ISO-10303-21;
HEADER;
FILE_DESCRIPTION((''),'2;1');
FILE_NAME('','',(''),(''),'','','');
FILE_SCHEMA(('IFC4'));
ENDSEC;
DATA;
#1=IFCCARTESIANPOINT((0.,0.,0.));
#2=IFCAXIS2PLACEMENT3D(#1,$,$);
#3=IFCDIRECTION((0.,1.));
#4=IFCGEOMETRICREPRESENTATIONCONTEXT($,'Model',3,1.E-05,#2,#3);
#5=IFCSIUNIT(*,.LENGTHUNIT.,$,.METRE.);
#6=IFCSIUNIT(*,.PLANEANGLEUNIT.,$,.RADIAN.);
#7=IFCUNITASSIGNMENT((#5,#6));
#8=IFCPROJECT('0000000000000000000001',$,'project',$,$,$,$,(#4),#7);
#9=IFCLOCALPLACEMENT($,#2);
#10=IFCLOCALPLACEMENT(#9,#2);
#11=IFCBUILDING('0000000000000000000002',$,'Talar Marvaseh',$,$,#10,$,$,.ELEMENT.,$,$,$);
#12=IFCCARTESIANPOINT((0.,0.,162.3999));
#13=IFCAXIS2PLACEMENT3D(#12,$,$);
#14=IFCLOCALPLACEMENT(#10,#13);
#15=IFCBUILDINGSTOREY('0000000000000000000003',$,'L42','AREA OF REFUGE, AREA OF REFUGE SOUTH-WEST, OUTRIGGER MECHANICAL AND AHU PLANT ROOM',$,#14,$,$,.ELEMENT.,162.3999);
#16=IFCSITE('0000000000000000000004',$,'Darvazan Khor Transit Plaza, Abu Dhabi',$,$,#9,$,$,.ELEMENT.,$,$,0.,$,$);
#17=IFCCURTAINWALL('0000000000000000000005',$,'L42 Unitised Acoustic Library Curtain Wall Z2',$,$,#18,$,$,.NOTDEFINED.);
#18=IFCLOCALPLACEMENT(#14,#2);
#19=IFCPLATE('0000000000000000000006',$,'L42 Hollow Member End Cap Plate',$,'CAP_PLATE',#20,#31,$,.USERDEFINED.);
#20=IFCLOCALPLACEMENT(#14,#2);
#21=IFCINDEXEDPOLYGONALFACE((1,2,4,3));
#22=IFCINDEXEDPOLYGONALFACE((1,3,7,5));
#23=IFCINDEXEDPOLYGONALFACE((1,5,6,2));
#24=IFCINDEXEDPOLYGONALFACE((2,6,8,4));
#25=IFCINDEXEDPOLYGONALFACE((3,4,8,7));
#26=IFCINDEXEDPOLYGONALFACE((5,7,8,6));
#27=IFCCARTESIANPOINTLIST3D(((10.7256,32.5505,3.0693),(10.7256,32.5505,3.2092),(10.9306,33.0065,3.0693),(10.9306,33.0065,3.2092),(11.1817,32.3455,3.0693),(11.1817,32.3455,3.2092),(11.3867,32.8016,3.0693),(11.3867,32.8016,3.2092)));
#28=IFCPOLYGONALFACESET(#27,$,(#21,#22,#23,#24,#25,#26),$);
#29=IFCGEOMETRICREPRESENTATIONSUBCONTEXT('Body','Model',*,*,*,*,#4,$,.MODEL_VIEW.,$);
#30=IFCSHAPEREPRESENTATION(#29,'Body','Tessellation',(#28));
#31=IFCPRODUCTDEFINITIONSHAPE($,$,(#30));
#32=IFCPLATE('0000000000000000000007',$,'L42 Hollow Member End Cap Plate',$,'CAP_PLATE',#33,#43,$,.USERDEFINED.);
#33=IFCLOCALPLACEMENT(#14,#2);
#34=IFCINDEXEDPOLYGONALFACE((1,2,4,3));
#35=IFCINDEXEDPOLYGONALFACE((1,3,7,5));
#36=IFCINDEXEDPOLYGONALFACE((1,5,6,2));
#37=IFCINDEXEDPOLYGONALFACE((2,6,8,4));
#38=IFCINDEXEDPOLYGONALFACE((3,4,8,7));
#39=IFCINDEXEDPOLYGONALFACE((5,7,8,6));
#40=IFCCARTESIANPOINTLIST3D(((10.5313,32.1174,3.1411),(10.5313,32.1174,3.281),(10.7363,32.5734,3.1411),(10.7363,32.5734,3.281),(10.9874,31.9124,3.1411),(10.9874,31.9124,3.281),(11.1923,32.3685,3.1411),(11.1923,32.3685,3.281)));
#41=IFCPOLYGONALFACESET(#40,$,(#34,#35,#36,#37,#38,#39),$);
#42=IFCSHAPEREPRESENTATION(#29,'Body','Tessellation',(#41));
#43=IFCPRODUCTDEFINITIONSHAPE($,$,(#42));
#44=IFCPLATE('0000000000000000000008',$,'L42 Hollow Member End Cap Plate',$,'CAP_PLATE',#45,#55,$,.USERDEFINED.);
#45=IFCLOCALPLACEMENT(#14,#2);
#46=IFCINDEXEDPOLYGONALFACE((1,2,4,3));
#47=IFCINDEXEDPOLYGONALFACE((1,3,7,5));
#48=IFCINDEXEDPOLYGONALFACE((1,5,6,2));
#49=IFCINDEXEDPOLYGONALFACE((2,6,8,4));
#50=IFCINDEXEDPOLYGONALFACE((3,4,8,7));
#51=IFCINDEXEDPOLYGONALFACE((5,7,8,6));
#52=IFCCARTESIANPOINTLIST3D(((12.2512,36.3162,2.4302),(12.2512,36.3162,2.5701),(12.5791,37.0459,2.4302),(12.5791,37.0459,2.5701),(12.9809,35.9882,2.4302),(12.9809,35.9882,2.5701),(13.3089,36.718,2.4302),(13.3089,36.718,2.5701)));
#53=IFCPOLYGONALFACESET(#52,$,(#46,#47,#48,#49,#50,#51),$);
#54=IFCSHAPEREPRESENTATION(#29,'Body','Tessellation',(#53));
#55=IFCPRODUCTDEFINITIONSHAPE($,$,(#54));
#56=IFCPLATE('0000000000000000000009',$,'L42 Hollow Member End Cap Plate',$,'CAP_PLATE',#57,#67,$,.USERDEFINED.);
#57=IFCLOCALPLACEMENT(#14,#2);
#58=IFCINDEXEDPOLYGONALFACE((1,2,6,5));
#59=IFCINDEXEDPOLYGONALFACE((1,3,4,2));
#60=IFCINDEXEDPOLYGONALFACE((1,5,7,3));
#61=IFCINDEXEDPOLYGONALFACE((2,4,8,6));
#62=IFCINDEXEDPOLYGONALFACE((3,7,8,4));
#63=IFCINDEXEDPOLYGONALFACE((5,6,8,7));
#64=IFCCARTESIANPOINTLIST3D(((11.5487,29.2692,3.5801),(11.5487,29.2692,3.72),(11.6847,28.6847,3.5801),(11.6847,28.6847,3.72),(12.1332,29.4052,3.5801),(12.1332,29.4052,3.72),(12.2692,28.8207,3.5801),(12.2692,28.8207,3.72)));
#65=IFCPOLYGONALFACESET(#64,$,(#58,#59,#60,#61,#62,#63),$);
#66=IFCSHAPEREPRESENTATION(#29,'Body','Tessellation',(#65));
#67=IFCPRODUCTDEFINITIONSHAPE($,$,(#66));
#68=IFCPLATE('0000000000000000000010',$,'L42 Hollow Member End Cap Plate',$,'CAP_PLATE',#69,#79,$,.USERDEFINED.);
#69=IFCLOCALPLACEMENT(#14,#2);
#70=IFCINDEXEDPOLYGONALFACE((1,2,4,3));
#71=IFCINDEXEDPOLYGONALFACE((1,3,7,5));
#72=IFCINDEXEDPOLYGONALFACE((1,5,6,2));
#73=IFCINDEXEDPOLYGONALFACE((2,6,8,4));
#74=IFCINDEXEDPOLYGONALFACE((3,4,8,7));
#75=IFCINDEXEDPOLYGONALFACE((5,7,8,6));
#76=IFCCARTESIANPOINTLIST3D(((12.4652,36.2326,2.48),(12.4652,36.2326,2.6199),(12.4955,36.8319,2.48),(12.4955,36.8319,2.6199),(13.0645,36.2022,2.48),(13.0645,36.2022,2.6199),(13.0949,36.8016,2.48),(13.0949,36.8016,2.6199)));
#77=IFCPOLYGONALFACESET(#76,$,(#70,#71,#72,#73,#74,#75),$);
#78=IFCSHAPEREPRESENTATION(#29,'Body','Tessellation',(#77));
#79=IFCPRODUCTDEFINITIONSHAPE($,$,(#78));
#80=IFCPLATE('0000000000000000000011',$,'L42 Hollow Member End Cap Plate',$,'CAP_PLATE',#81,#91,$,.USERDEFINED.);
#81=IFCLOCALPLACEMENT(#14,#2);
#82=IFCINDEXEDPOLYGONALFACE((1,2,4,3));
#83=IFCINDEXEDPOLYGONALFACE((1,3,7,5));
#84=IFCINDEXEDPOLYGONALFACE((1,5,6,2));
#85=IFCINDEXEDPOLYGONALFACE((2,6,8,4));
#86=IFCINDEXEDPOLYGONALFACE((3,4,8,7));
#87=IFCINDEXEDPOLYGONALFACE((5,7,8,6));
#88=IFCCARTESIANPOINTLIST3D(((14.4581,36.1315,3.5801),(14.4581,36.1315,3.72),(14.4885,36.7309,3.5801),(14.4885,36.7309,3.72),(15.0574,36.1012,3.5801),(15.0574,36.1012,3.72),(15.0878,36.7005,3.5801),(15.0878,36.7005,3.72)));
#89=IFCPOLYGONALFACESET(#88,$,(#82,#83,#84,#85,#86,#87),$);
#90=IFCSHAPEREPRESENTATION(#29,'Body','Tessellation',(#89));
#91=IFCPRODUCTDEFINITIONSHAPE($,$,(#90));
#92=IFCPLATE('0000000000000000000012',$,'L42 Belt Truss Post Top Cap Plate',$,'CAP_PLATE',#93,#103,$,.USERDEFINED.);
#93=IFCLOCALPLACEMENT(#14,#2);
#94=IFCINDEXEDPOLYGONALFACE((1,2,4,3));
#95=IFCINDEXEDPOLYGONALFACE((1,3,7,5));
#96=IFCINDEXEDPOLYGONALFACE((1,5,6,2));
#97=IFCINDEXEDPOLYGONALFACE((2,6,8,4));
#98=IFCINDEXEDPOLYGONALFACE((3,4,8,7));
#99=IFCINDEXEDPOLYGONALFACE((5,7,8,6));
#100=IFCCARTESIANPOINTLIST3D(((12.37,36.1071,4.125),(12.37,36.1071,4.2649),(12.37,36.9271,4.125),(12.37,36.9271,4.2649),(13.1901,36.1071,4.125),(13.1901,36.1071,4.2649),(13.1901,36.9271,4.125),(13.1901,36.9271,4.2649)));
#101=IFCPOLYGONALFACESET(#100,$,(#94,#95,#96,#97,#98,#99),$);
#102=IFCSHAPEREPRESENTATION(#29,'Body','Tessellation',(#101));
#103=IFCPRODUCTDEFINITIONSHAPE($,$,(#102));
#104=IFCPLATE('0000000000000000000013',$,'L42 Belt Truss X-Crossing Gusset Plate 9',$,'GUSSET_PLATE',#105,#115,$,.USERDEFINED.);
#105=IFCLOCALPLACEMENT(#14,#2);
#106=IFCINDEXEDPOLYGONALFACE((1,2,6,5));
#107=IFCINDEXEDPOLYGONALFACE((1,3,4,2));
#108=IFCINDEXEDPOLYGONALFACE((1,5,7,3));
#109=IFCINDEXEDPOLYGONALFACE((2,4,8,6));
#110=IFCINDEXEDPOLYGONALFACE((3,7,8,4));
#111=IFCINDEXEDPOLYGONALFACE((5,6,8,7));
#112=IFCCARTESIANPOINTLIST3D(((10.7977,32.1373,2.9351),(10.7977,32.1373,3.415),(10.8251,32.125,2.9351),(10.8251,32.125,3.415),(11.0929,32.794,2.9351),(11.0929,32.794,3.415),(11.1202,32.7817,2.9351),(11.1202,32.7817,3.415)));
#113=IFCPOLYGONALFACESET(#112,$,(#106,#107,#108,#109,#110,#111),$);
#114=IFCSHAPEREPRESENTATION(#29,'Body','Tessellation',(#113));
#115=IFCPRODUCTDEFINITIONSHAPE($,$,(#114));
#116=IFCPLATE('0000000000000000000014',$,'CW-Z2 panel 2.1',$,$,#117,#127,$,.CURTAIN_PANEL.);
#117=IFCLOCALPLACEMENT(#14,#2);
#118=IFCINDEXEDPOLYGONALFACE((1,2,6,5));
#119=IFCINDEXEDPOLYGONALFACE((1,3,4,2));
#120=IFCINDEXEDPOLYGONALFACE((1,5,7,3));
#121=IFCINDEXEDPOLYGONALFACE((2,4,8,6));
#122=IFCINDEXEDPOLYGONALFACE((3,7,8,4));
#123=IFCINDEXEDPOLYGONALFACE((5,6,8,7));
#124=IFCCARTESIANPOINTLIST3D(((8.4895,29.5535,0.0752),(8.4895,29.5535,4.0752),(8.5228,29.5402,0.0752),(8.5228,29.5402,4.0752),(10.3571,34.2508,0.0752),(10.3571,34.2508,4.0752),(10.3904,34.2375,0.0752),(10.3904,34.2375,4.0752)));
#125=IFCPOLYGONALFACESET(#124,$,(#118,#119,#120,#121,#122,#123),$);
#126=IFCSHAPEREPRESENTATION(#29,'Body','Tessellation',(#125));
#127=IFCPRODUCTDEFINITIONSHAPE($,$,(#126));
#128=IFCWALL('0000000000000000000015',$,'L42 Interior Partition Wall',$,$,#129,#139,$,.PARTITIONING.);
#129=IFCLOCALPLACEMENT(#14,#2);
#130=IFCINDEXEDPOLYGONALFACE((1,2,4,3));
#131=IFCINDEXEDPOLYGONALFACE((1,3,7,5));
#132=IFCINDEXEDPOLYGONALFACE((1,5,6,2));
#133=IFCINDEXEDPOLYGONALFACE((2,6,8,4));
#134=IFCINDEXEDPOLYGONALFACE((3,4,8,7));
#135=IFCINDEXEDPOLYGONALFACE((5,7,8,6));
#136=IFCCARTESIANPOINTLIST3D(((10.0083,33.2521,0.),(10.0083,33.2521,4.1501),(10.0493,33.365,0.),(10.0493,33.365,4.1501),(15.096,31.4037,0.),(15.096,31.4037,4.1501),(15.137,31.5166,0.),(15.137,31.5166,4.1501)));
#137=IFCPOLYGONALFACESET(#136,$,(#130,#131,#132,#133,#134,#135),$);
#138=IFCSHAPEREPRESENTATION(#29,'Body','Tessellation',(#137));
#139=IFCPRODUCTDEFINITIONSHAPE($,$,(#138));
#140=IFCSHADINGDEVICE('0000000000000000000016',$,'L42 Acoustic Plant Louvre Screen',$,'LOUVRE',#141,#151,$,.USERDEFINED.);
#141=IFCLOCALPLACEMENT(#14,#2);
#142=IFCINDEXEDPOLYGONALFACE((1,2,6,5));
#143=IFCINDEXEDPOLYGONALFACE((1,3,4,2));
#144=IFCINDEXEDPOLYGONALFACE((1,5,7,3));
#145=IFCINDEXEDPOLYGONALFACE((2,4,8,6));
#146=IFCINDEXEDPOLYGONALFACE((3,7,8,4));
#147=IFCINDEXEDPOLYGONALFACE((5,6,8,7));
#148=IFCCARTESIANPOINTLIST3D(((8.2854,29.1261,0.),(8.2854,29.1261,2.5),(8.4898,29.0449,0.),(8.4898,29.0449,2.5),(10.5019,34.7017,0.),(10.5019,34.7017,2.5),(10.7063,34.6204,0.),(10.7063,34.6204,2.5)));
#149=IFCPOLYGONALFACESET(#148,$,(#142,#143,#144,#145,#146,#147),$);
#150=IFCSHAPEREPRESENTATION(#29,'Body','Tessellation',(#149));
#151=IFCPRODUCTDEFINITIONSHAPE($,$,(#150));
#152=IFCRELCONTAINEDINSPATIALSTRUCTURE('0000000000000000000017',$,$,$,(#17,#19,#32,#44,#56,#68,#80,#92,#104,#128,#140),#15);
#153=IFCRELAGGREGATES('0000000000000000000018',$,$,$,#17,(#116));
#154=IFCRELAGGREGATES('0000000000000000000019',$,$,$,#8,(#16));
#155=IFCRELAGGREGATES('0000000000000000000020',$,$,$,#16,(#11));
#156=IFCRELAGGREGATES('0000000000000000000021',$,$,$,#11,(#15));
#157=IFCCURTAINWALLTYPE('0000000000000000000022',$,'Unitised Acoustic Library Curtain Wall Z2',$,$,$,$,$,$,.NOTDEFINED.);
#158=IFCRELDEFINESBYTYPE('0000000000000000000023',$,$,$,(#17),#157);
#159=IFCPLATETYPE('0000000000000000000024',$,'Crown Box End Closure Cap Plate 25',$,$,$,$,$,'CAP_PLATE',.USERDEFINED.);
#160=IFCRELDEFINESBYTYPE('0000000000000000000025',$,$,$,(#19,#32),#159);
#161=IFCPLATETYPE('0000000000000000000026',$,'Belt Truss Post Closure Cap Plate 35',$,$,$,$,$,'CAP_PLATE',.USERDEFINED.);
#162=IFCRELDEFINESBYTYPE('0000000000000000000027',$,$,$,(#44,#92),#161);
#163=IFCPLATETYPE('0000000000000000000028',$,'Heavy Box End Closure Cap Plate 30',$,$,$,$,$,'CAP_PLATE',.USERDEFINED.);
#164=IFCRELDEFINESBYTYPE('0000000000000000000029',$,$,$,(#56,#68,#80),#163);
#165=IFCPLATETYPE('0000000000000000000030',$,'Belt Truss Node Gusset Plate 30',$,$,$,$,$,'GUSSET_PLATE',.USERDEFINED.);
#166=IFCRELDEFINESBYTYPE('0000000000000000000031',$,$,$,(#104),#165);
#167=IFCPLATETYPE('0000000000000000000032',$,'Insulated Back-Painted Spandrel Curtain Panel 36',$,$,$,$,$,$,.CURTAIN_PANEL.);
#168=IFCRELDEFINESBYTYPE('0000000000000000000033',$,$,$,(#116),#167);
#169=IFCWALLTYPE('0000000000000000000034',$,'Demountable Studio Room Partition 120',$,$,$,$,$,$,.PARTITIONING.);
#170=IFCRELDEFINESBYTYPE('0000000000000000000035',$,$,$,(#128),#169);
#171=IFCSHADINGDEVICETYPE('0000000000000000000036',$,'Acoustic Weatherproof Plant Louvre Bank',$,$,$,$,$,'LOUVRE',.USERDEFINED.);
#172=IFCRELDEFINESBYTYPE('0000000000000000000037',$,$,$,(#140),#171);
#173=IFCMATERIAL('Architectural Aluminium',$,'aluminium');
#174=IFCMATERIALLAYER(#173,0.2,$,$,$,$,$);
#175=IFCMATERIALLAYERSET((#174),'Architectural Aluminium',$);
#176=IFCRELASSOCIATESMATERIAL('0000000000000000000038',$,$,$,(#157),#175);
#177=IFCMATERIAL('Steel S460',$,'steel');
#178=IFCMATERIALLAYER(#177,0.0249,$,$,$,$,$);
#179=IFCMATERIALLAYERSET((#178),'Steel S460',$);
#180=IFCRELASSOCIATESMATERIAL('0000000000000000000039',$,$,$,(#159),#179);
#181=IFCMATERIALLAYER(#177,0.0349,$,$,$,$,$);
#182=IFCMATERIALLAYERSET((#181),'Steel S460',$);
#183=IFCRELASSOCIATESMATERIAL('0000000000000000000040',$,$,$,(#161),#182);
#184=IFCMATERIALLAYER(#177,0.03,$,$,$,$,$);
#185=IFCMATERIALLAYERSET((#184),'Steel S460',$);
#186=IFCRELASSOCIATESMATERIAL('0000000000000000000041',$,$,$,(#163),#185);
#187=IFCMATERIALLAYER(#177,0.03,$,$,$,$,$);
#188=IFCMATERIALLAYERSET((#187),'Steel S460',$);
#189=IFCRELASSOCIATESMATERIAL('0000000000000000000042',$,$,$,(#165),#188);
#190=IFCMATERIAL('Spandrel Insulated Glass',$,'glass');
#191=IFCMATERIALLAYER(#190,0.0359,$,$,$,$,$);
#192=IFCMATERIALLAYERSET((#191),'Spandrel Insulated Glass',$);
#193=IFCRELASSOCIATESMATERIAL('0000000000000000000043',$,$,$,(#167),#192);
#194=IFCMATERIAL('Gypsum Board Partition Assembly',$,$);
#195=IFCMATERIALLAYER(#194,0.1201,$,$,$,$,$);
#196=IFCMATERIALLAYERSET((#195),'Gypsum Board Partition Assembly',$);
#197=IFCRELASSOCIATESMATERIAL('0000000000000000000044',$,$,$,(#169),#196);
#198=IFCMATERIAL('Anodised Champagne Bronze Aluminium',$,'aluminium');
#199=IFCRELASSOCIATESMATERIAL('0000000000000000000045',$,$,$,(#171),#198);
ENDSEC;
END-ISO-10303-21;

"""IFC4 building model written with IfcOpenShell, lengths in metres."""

from ifc_helpers import new_model, si_unit, direction, frame, frame_2d, origin, origin_2d, place, context, subcontext, project, spatial, rectangle, extrude, source, transform, mapped, material, layer, layer_set, type_object, type_shapes, element, aggregate, save


model = new_model("IFC4")

# Units and contexts
model_context = context("Model", 3, precision=1e-05, world=origin(), true_north=direction((0.0, 1.0)))
body_context = subcontext(model_context, "Body", "Model", "MODEL_VIEW")
ifc_project = project(units=[si_unit("LENGTHUNIT", "METRE"), si_unit("PLANEANGLEUNIT", "RADIAN")], contexts=[model_context])

# Site, building, storey
site_placement = place(None, origin())
site = spatial("IfcSite", under=ifc_project, at=site_placement, Name="Darvazan Khor Transit Plaza, Abu Dhabi", CompositionType="ELEMENT", RefElevation=0.0)
building_placement = place(site_placement, origin())
building = spatial("IfcBuilding", under=site, at=building_placement, Name="Talar Marvaseh", CompositionType="ELEMENT")
storey_placement = place(building_placement, frame((0.0, 0.0, 162.3999)))
storey = spatial("IfcBuildingStorey", under=building, at=storey_placement, Name="L42", Description="AREA OF REFUGE, AREA OF REFUGE SOUTH-WEST, OUTRIGGER MECHANICAL AND AHU PLANT ROOM", CompositionType="ELEMENT", Elevation=162.3999)

# Shared definitions
ifc_material_1 = material(Name="Steel S460", Category="steel")

# Curtain wall
ifc_material_2 = material(Name="Architectural Aluminium", Category="aluminium")
ifc_layer_1 = layer(ifc_material_2, 0.2)
ifc_layer_set_1 = layer_set([ifc_layer_1], Name="Architectural Aluminium")
curtain_wall_type = type_object("IfcCurtainWallType", Name="Unitised Acoustic Library Curtain Wall Z2", PredefinedType="NOTDEFINED", material=ifc_layer_set_1)
curtain_wall_placement = place(storey_placement, origin())
curtain_wall = element("IfcCurtainWall", 1, at=curtain_wall_placement, inside=storey, type_object=curtain_wall_type, Name="L42 Unitised Acoustic Library Curtain Wall Z2", PredefinedType="NOTDEFINED")

# Plates
ifc_layer_2 = layer(ifc_material_1, 0.0249)
ifc_layer_set_2 = layer_set([ifc_layer_2], Name="Steel S460")
plate_type_1 = type_object("IfcPlateType", Name="Crown Box End Closure Cap Plate 25", ElementType="CAP_PLATE", PredefinedType="USERDEFINED", material=ifc_layer_set_2)
shared_shape_1 = source(origin(), body_context, "Body", "SweptSolid", [
    extrude(rectangle(XDim=0.5, YDim=0.5, at=origin_2d()), origin(), (0.0, 0.0, 1.0), 0.1399),
])
type_shapes(plate_type_1, [shared_shape_1])
for number, where, z_axis, x_axis, name in (
    (2, (11.0562, 32.676, 3.0693), (0.0, 0.0, 1.0), (-0.409923, -0.91212, 0.0), "L42 Hollow Member End Cap Plate"),
    (3, (10.8618, 32.2429, 3.1411), (0.0, 0.0, 1.0), (-0.409923, -0.91212, 0.0), "L42 Hollow Member End Cap Plate"),
):
    element("IfcPlate", number, at=place(storey_placement, frame(where, z_axis=z_axis, x_axis=x_axis)), inside=storey, type_object=plate_type_1, Name=name, ObjectType="CAP_PLATE", PredefinedType="USERDEFINED", context=body_context, shape_type="MappedRepresentation", body=[
        mapped(shared_shape_1, transform((0.0, 0.0, 0.0), x_axis=(1.0, 0.0, 0.0), y_axis=(0.0, 1.0, 0.0), z_axis=(0.0, 0.0, 1.0), scale=1.0)),
    ])
ifc_layer_3 = layer(ifc_material_1, 0.0349)
ifc_layer_set_3 = layer_set([ifc_layer_3], Name="Steel S460")
plate_type_2 = type_object("IfcPlateType", Name="Belt Truss Post Closure Cap Plate 35", ElementType="CAP_PLATE", PredefinedType="USERDEFINED", material=ifc_layer_set_3)
shared_shape_2 = source(origin(), body_context, "Body", "SweptSolid", [
    extrude(rectangle(XDim=0.8, YDim=0.8, at=origin_2d()), origin(), (0.0, 0.0, 1.0), 0.1399),
])
plate_1_placement = place(storey_placement, frame((12.78, 36.5171, 2.4302), z_axis=(0.0, 0.0, 1.0), x_axis=(0.409923, 0.91212, 0.0)))
element("IfcPlate", 4, at=plate_1_placement, inside=storey, type_object=plate_type_2, Name="L42 Hollow Member End Cap Plate", ObjectType="CAP_PLATE", PredefinedType="USERDEFINED", context=body_context, shape_type="MappedRepresentation", body=[
    mapped(shared_shape_2, transform((0.0, 0.0, 0.0), x_axis=(1.0, 0.0, 0.0), y_axis=(0.0, 1.0, 0.0), z_axis=(0.0, 0.0, 1.0), scale=1.0)),
])
ifc_layer_4 = layer(ifc_material_1, 0.03)
ifc_layer_set_4 = layer_set([ifc_layer_4], Name="Steel S460")
plate_type_3 = type_object("IfcPlateType", Name="Heavy Box End Closure Cap Plate 30", ElementType="CAP_PLATE", PredefinedType="USERDEFINED", material=ifc_layer_set_4)
shared_shape_3 = source(origin(), body_context, "Body", "SweptSolid", [
    extrude(rectangle(XDim=0.6001, YDim=0.6001, at=origin_2d()), origin(), (0.0, 0.0, 1.0), 0.1399),
])
type_shapes(plate_type_3, [shared_shape_3])
for number, where, z_axis, x_axis, name in (
    (5, (11.9089, 29.0449, 3.5801), (0.0, 0.0, 1.0), (0.973976, 0.226651, 0.0), "L42 Hollow Member End Cap Plate"),
    (6, (12.78, 36.5171, 2.48), (0.0, 0.0, 1.0), (0.998719, -0.050593, 0.0), "L42 Hollow Member End Cap Plate"),
    (7, (14.7729, 36.416, 3.5801), (0.0, 0.0, 1.0), (0.998719, -0.050593, 0.0), "L42 Hollow Member End Cap Plate"),
):
    element("IfcPlate", number, at=place(storey_placement, frame(where, z_axis=z_axis, x_axis=x_axis)), inside=storey, type_object=plate_type_3, Name=name, ObjectType="CAP_PLATE", PredefinedType="USERDEFINED", context=body_context, shape_type="MappedRepresentation", body=[
        mapped(shared_shape_3, transform((0.0, 0.0, 0.0), x_axis=(1.0, 0.0, 0.0), y_axis=(0.0, 1.0, 0.0), z_axis=(0.0, 0.0, 1.0), scale=1.0)),
    ])
shared_shape_4 = source(origin(), body_context, "Body", "SweptSolid", [
    extrude(rectangle(XDim=0.8201, YDim=0.8201, at=origin_2d()), origin(), (0.0, 0.0, 1.0), 0.1399),
])
type_shapes(plate_type_2, [shared_shape_2, shared_shape_4])
plate_2_placement = place(storey_placement, frame((12.78, 36.5171, 4.125), z_axis=(0.0, 0.0, 1.0), x_axis=(1.0, 0.0, 0.0)))
element("IfcPlate", 8, at=plate_2_placement, inside=storey, type_object=plate_type_2, Name="L42 Belt Truss Post Top Cap Plate", ObjectType="CAP_PLATE", PredefinedType="USERDEFINED", context=body_context, shape_type="MappedRepresentation", body=[
    mapped(shared_shape_4, transform((0.0, 0.0, 0.0), x_axis=(1.0, 0.0, 0.0), y_axis=(0.0, 1.0, 0.0), z_axis=(0.0, 0.0, 1.0), scale=1.0)),
])
ifc_layer_5 = layer(ifc_material_1, 0.03)
ifc_layer_set_5 = layer_set([ifc_layer_5], Name="Steel S460")
plate_type_4 = type_object("IfcPlateType", Name="Belt Truss Node Gusset Plate 30", ElementType="GUSSET_PLATE", PredefinedType="USERDEFINED", material=ifc_layer_set_5)
shared_shape_5 = source(origin(), body_context, "Body", "SweptSolid", [
    extrude(rectangle(XDim=0.72, YDim=0.03, at=origin_2d()), origin(), (0.0, 0.0, 1.0), 0.48),
])
type_shapes(plate_type_4, [shared_shape_5])
plate_3_placement = place(storey_placement, frame((10.959, 32.4595, 2.9351), z_axis=(0.0, 0.0, 1.0), x_axis=(0.409923, 0.91212, 0.0)))
element("IfcPlate", 9, at=plate_3_placement, inside=storey, type_object=plate_type_4, Name="L42 Belt Truss X-Crossing Gusset Plate 9", ObjectType="GUSSET_PLATE", PredefinedType="USERDEFINED", context=body_context, shape_type="MappedRepresentation", body=[
    mapped(shared_shape_5, transform((0.0, 0.0, 0.0), x_axis=(1.0, 0.0, 0.0), y_axis=(0.0, 1.0, 0.0), z_axis=(0.0, 0.0, 1.0), scale=1.0)),
])

# Plate
ifc_material_3 = material(Name="Spandrel Insulated Glass", Category="glass")
ifc_layer_6 = layer(ifc_material_3, 0.0359)
ifc_layer_set_6 = layer_set([ifc_layer_6], Name="Spandrel Insulated Glass")
plate_type_5 = type_object("IfcPlateType", Name="Insulated Back-Painted Spandrel Curtain Panel 36", PredefinedType="CURTAIN_PANEL", material=ifc_layer_set_6)
shared_shape_6 = source(origin(), body_context, "Body", "SweptSolid", [
    extrude(rectangle(XDim=5.0549, YDim=0.0359, at=origin_2d()), origin(), (0.0, 0.0, 1.0), 4.0),
])
type_shapes(plate_type_5, [shared_shape_6])
plate_4_placement = place(storey_placement, frame((9.4399, 31.8955, 0.0752), z_axis=(0.0, 0.0, 1.0), x_axis=(0.369458, 0.929247, 0.0)))
plate_4 = element("IfcPlate", 10, at=plate_4_placement, type_object=plate_type_5, Name="CW-Z2 panel 2.1", PredefinedType="CURTAIN_PANEL", context=body_context, shape_type="MappedRepresentation", body=[
    mapped(shared_shape_6, transform((0.0, 0.0, 0.0), x_axis=(1.0, 0.0, 0.0), y_axis=(0.0, 1.0, 0.0), z_axis=(0.0, 0.0, 1.0), scale=1.0)),
])
aggregate(curtain_wall, [plate_4])

# Wall
ifc_material_4 = material(Name="Gypsum Board Partition Assembly")
ifc_layer_7 = layer(ifc_material_4, 0.1201)
ifc_layer_set_7 = layer_set([ifc_layer_7], Name="Gypsum Board Partition Assembly")
wall_type = type_object("IfcWallType", Name="Demountable Studio Room Partition 120", PredefinedType="PARTITIONING", material=ifc_layer_set_7)
wall_placement = place(storey_placement, frame((10.0288, 33.3086, 0.0), z_axis=(0.0, 0.0, 1.0), x_axis=(0.939892, -0.341471, 0.0)))
element("IfcWall", 11, at=wall_placement, inside=storey, type_object=wall_type, Name="L42 Interior Partition Wall", PredefinedType="PARTITIONING", context=body_context, shape_type="SweptSolid", body=[
    extrude(rectangle(XDim=5.4131, YDim=0.1201, at=frame_2d((2.7065, 0.0))), origin(), (0.0, 0.0, 1.0), 4.1501),
])

# Shading device
ifc_material_5 = material(Name="Anodised Champagne Bronze Aluminium", Category="aluminium")
shading_device_type = type_object("IfcShadingDeviceType", Name="Acoustic Weatherproof Plant Louvre Bank", ElementType="LOUVRE", PredefinedType="USERDEFINED", material=ifc_material_5)
shared_shape_7 = source(origin(), body_context, "Body", "SweptSolid", [
    extrude(rectangle(XDim=6.0, YDim=0.22, at=origin_2d()), origin(), (0.0, 0.0, 1.0), 2.5),
])
type_shapes(shading_device_type, [shared_shape_7])
shading_device_placement = place(storey_placement, frame((9.4958, 31.8733, 0.0), z_axis=(0.0, 0.0, 1.0), x_axis=(0.369422, 0.929262, 0.0)))
element("IfcShadingDevice", 12, at=shading_device_placement, inside=storey, type_object=shading_device_type, Name="L42 Acoustic Plant Louvre Screen", ObjectType="LOUVRE", PredefinedType="USERDEFINED", context=body_context, shape_type="MappedRepresentation", body=[
    mapped(shared_shape_7, transform((0.0, 0.0, 0.0), x_axis=(1.0, 0.0, 0.0), y_axis=(0.0, 1.0, 0.0), z_axis=(0.0, 0.0, 1.0), scale=1.0)),
])

save(model, "model.ifc")
